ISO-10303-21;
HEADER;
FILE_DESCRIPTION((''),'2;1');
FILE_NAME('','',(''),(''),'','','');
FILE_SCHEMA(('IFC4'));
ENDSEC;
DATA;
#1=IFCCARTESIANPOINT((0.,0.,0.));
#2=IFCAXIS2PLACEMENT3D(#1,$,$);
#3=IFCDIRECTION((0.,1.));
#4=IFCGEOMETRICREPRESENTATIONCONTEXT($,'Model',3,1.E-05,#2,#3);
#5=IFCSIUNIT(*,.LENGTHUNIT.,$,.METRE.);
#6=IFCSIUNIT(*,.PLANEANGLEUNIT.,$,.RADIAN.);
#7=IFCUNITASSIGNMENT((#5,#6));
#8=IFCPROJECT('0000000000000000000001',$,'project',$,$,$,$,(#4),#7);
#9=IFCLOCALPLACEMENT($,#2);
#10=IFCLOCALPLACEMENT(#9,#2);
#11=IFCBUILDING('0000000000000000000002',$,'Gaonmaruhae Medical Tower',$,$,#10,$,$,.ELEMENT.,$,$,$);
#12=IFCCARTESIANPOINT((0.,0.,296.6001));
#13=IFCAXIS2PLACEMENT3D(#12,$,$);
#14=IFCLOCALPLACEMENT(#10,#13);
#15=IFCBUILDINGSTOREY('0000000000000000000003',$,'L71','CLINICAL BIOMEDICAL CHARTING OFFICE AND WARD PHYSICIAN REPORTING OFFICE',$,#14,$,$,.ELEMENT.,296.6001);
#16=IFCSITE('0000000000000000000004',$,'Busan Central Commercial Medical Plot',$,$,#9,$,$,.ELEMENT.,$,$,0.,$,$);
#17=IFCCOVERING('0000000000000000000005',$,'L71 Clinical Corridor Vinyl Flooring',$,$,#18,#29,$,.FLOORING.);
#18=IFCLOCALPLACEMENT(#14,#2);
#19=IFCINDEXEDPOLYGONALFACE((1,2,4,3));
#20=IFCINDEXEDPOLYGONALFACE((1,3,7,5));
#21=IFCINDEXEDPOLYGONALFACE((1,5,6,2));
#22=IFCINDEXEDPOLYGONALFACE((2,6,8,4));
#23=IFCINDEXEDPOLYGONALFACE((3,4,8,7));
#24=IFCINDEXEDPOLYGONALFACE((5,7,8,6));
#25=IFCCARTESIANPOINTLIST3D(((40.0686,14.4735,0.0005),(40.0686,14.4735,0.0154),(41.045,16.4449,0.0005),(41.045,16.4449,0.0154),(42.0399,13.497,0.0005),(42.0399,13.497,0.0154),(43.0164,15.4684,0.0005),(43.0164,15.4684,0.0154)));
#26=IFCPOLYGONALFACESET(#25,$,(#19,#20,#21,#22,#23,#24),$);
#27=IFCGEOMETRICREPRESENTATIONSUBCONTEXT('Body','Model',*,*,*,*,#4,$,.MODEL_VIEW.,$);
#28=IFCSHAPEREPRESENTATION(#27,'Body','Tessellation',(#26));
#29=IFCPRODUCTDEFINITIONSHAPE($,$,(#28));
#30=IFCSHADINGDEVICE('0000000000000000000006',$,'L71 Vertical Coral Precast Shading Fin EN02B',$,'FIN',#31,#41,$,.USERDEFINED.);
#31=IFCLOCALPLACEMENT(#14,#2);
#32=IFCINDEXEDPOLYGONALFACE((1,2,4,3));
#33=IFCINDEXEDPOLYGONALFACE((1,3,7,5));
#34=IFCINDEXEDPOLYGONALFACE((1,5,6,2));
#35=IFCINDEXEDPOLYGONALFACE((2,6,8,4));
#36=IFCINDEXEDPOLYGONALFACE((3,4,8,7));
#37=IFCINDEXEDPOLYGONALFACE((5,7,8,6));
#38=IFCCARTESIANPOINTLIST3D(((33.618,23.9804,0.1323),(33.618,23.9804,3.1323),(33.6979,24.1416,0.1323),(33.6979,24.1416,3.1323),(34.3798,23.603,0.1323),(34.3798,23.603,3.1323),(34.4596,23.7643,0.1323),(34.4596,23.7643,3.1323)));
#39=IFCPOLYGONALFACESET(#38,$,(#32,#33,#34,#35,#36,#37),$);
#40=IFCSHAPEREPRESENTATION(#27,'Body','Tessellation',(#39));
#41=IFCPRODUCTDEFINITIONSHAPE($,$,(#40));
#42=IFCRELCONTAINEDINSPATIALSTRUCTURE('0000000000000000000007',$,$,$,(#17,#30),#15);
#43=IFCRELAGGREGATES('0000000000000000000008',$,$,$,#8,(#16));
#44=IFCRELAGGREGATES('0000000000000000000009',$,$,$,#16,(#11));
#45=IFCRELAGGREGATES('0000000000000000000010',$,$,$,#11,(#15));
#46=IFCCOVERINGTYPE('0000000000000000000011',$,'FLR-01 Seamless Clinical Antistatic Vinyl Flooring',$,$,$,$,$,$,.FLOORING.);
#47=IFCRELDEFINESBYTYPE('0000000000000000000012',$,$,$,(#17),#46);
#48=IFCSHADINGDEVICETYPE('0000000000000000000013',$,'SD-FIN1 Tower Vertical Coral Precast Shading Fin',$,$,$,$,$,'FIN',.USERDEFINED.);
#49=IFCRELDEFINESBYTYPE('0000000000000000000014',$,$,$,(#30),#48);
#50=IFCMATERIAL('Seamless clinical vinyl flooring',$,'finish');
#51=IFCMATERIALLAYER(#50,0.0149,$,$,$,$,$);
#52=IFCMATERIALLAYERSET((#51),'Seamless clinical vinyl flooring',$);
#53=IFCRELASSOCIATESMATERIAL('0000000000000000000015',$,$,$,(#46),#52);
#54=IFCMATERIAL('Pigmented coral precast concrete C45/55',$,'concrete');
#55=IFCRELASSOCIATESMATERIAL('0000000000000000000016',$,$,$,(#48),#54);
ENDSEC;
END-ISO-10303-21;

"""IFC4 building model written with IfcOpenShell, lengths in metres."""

from ifc_helpers import new_model, si_unit, direction, frame, origin, origin_2d, place, context, subcontext, project, spatial, rectangle, extrude, material, layer, layer_set, type_object, element, save


model = new_model("IFC4")

# Units and contexts
model_context = context("Model", 3, precision=1e-05, world=origin(), true_north=direction((0.0, 1.0)))
body_context = subcontext(model_context, "Body", "Model", "MODEL_VIEW")
ifc_project = project(units=[si_unit("LENGTHUNIT", "METRE"), si_unit("PLANEANGLEUNIT", "RADIAN")], contexts=[model_context])

# Site, building, storey
site_placement = place(None, origin())
site = spatial("IfcSite", under=ifc_project, at=site_placement, Name="Busan Central Commercial Medical Plot", CompositionType="ELEMENT", RefElevation=0.0)
building_placement = place(site_placement, origin())
building = spatial("IfcBuilding", under=site, at=building_placement, Name="Gaonmaruhae Medical Tower", CompositionType="ELEMENT")
storey_placement = place(building_placement, frame((0.0, 0.0, 296.6001)))
storey = spatial("IfcBuildingStorey", under=building, at=storey_placement, Name="L71", Description="CLINICAL BIOMEDICAL CHARTING OFFICE AND WARD PHYSICIAN REPORTING OFFICE", CompositionType="ELEMENT", Elevation=296.6001)

# Covering
ifc_material_1 = material(Name="Seamless clinical vinyl flooring", Category="finish")
ifc_layer_1 = layer(ifc_material_1, 0.0149)
ifc_layer_set_1 = layer_set([ifc_layer_1], Name="Seamless clinical vinyl flooring")
covering_type_1 = type_object("IfcCoveringType", Name="FLR-01 Seamless Clinical Antistatic Vinyl Flooring", PredefinedType="FLOORING", material=ifc_layer_set_1)
covering_1_placement = place(storey_placement, frame((41.5425, 14.9709, 0.0005), z_axis=(0.0, 0.0, 1.0), x_axis=(0.443853, 0.896099, 0.0)))
element("IfcCovering", 1, at=covering_1_placement, inside=storey, type_object=covering_type_1, Name="L71 Clinical Corridor Vinyl Flooring", PredefinedType="FLOORING", context=body_context, shape_type="SweptSolid", body=[
    extrude(rectangle(XDim=2.2, YDim=2.2, at=origin_2d()), origin(), (0.0, 0.0, 1.0), 0.0149),
])

# Shading device
ifc_material_2 = material(Name="Pigmented coral precast concrete C45/55", Category="concrete")
shading_device_type = type_object("IfcShadingDeviceType", Name="SD-FIN1 Tower Vertical Coral Precast Shading Fin", ElementType="FIN", PredefinedType="USERDEFINED", material=ifc_material_2)
shading_device_placement = place(storey_placement, frame((34.0388, 23.8723, 0.1323), z_axis=(0.0, 0.0, 1.0), x_axis=(0.443853, 0.896099, 0.0)))
element("IfcShadingDevice", 2, at=shading_device_placement, inside=storey, type_object=shading_device_type, Name="L71 Vertical Coral Precast Shading Fin EN02B", ObjectType="FIN", PredefinedType="USERDEFINED", context=body_context, shape_type="SweptSolid", body=[
    extrude(rectangle(XDim=0.1799, YDim=0.8501, at=origin_2d()), origin(), (0.0, 0.0, 1.0), 3.0),
])

save(model, "model.ifc")
